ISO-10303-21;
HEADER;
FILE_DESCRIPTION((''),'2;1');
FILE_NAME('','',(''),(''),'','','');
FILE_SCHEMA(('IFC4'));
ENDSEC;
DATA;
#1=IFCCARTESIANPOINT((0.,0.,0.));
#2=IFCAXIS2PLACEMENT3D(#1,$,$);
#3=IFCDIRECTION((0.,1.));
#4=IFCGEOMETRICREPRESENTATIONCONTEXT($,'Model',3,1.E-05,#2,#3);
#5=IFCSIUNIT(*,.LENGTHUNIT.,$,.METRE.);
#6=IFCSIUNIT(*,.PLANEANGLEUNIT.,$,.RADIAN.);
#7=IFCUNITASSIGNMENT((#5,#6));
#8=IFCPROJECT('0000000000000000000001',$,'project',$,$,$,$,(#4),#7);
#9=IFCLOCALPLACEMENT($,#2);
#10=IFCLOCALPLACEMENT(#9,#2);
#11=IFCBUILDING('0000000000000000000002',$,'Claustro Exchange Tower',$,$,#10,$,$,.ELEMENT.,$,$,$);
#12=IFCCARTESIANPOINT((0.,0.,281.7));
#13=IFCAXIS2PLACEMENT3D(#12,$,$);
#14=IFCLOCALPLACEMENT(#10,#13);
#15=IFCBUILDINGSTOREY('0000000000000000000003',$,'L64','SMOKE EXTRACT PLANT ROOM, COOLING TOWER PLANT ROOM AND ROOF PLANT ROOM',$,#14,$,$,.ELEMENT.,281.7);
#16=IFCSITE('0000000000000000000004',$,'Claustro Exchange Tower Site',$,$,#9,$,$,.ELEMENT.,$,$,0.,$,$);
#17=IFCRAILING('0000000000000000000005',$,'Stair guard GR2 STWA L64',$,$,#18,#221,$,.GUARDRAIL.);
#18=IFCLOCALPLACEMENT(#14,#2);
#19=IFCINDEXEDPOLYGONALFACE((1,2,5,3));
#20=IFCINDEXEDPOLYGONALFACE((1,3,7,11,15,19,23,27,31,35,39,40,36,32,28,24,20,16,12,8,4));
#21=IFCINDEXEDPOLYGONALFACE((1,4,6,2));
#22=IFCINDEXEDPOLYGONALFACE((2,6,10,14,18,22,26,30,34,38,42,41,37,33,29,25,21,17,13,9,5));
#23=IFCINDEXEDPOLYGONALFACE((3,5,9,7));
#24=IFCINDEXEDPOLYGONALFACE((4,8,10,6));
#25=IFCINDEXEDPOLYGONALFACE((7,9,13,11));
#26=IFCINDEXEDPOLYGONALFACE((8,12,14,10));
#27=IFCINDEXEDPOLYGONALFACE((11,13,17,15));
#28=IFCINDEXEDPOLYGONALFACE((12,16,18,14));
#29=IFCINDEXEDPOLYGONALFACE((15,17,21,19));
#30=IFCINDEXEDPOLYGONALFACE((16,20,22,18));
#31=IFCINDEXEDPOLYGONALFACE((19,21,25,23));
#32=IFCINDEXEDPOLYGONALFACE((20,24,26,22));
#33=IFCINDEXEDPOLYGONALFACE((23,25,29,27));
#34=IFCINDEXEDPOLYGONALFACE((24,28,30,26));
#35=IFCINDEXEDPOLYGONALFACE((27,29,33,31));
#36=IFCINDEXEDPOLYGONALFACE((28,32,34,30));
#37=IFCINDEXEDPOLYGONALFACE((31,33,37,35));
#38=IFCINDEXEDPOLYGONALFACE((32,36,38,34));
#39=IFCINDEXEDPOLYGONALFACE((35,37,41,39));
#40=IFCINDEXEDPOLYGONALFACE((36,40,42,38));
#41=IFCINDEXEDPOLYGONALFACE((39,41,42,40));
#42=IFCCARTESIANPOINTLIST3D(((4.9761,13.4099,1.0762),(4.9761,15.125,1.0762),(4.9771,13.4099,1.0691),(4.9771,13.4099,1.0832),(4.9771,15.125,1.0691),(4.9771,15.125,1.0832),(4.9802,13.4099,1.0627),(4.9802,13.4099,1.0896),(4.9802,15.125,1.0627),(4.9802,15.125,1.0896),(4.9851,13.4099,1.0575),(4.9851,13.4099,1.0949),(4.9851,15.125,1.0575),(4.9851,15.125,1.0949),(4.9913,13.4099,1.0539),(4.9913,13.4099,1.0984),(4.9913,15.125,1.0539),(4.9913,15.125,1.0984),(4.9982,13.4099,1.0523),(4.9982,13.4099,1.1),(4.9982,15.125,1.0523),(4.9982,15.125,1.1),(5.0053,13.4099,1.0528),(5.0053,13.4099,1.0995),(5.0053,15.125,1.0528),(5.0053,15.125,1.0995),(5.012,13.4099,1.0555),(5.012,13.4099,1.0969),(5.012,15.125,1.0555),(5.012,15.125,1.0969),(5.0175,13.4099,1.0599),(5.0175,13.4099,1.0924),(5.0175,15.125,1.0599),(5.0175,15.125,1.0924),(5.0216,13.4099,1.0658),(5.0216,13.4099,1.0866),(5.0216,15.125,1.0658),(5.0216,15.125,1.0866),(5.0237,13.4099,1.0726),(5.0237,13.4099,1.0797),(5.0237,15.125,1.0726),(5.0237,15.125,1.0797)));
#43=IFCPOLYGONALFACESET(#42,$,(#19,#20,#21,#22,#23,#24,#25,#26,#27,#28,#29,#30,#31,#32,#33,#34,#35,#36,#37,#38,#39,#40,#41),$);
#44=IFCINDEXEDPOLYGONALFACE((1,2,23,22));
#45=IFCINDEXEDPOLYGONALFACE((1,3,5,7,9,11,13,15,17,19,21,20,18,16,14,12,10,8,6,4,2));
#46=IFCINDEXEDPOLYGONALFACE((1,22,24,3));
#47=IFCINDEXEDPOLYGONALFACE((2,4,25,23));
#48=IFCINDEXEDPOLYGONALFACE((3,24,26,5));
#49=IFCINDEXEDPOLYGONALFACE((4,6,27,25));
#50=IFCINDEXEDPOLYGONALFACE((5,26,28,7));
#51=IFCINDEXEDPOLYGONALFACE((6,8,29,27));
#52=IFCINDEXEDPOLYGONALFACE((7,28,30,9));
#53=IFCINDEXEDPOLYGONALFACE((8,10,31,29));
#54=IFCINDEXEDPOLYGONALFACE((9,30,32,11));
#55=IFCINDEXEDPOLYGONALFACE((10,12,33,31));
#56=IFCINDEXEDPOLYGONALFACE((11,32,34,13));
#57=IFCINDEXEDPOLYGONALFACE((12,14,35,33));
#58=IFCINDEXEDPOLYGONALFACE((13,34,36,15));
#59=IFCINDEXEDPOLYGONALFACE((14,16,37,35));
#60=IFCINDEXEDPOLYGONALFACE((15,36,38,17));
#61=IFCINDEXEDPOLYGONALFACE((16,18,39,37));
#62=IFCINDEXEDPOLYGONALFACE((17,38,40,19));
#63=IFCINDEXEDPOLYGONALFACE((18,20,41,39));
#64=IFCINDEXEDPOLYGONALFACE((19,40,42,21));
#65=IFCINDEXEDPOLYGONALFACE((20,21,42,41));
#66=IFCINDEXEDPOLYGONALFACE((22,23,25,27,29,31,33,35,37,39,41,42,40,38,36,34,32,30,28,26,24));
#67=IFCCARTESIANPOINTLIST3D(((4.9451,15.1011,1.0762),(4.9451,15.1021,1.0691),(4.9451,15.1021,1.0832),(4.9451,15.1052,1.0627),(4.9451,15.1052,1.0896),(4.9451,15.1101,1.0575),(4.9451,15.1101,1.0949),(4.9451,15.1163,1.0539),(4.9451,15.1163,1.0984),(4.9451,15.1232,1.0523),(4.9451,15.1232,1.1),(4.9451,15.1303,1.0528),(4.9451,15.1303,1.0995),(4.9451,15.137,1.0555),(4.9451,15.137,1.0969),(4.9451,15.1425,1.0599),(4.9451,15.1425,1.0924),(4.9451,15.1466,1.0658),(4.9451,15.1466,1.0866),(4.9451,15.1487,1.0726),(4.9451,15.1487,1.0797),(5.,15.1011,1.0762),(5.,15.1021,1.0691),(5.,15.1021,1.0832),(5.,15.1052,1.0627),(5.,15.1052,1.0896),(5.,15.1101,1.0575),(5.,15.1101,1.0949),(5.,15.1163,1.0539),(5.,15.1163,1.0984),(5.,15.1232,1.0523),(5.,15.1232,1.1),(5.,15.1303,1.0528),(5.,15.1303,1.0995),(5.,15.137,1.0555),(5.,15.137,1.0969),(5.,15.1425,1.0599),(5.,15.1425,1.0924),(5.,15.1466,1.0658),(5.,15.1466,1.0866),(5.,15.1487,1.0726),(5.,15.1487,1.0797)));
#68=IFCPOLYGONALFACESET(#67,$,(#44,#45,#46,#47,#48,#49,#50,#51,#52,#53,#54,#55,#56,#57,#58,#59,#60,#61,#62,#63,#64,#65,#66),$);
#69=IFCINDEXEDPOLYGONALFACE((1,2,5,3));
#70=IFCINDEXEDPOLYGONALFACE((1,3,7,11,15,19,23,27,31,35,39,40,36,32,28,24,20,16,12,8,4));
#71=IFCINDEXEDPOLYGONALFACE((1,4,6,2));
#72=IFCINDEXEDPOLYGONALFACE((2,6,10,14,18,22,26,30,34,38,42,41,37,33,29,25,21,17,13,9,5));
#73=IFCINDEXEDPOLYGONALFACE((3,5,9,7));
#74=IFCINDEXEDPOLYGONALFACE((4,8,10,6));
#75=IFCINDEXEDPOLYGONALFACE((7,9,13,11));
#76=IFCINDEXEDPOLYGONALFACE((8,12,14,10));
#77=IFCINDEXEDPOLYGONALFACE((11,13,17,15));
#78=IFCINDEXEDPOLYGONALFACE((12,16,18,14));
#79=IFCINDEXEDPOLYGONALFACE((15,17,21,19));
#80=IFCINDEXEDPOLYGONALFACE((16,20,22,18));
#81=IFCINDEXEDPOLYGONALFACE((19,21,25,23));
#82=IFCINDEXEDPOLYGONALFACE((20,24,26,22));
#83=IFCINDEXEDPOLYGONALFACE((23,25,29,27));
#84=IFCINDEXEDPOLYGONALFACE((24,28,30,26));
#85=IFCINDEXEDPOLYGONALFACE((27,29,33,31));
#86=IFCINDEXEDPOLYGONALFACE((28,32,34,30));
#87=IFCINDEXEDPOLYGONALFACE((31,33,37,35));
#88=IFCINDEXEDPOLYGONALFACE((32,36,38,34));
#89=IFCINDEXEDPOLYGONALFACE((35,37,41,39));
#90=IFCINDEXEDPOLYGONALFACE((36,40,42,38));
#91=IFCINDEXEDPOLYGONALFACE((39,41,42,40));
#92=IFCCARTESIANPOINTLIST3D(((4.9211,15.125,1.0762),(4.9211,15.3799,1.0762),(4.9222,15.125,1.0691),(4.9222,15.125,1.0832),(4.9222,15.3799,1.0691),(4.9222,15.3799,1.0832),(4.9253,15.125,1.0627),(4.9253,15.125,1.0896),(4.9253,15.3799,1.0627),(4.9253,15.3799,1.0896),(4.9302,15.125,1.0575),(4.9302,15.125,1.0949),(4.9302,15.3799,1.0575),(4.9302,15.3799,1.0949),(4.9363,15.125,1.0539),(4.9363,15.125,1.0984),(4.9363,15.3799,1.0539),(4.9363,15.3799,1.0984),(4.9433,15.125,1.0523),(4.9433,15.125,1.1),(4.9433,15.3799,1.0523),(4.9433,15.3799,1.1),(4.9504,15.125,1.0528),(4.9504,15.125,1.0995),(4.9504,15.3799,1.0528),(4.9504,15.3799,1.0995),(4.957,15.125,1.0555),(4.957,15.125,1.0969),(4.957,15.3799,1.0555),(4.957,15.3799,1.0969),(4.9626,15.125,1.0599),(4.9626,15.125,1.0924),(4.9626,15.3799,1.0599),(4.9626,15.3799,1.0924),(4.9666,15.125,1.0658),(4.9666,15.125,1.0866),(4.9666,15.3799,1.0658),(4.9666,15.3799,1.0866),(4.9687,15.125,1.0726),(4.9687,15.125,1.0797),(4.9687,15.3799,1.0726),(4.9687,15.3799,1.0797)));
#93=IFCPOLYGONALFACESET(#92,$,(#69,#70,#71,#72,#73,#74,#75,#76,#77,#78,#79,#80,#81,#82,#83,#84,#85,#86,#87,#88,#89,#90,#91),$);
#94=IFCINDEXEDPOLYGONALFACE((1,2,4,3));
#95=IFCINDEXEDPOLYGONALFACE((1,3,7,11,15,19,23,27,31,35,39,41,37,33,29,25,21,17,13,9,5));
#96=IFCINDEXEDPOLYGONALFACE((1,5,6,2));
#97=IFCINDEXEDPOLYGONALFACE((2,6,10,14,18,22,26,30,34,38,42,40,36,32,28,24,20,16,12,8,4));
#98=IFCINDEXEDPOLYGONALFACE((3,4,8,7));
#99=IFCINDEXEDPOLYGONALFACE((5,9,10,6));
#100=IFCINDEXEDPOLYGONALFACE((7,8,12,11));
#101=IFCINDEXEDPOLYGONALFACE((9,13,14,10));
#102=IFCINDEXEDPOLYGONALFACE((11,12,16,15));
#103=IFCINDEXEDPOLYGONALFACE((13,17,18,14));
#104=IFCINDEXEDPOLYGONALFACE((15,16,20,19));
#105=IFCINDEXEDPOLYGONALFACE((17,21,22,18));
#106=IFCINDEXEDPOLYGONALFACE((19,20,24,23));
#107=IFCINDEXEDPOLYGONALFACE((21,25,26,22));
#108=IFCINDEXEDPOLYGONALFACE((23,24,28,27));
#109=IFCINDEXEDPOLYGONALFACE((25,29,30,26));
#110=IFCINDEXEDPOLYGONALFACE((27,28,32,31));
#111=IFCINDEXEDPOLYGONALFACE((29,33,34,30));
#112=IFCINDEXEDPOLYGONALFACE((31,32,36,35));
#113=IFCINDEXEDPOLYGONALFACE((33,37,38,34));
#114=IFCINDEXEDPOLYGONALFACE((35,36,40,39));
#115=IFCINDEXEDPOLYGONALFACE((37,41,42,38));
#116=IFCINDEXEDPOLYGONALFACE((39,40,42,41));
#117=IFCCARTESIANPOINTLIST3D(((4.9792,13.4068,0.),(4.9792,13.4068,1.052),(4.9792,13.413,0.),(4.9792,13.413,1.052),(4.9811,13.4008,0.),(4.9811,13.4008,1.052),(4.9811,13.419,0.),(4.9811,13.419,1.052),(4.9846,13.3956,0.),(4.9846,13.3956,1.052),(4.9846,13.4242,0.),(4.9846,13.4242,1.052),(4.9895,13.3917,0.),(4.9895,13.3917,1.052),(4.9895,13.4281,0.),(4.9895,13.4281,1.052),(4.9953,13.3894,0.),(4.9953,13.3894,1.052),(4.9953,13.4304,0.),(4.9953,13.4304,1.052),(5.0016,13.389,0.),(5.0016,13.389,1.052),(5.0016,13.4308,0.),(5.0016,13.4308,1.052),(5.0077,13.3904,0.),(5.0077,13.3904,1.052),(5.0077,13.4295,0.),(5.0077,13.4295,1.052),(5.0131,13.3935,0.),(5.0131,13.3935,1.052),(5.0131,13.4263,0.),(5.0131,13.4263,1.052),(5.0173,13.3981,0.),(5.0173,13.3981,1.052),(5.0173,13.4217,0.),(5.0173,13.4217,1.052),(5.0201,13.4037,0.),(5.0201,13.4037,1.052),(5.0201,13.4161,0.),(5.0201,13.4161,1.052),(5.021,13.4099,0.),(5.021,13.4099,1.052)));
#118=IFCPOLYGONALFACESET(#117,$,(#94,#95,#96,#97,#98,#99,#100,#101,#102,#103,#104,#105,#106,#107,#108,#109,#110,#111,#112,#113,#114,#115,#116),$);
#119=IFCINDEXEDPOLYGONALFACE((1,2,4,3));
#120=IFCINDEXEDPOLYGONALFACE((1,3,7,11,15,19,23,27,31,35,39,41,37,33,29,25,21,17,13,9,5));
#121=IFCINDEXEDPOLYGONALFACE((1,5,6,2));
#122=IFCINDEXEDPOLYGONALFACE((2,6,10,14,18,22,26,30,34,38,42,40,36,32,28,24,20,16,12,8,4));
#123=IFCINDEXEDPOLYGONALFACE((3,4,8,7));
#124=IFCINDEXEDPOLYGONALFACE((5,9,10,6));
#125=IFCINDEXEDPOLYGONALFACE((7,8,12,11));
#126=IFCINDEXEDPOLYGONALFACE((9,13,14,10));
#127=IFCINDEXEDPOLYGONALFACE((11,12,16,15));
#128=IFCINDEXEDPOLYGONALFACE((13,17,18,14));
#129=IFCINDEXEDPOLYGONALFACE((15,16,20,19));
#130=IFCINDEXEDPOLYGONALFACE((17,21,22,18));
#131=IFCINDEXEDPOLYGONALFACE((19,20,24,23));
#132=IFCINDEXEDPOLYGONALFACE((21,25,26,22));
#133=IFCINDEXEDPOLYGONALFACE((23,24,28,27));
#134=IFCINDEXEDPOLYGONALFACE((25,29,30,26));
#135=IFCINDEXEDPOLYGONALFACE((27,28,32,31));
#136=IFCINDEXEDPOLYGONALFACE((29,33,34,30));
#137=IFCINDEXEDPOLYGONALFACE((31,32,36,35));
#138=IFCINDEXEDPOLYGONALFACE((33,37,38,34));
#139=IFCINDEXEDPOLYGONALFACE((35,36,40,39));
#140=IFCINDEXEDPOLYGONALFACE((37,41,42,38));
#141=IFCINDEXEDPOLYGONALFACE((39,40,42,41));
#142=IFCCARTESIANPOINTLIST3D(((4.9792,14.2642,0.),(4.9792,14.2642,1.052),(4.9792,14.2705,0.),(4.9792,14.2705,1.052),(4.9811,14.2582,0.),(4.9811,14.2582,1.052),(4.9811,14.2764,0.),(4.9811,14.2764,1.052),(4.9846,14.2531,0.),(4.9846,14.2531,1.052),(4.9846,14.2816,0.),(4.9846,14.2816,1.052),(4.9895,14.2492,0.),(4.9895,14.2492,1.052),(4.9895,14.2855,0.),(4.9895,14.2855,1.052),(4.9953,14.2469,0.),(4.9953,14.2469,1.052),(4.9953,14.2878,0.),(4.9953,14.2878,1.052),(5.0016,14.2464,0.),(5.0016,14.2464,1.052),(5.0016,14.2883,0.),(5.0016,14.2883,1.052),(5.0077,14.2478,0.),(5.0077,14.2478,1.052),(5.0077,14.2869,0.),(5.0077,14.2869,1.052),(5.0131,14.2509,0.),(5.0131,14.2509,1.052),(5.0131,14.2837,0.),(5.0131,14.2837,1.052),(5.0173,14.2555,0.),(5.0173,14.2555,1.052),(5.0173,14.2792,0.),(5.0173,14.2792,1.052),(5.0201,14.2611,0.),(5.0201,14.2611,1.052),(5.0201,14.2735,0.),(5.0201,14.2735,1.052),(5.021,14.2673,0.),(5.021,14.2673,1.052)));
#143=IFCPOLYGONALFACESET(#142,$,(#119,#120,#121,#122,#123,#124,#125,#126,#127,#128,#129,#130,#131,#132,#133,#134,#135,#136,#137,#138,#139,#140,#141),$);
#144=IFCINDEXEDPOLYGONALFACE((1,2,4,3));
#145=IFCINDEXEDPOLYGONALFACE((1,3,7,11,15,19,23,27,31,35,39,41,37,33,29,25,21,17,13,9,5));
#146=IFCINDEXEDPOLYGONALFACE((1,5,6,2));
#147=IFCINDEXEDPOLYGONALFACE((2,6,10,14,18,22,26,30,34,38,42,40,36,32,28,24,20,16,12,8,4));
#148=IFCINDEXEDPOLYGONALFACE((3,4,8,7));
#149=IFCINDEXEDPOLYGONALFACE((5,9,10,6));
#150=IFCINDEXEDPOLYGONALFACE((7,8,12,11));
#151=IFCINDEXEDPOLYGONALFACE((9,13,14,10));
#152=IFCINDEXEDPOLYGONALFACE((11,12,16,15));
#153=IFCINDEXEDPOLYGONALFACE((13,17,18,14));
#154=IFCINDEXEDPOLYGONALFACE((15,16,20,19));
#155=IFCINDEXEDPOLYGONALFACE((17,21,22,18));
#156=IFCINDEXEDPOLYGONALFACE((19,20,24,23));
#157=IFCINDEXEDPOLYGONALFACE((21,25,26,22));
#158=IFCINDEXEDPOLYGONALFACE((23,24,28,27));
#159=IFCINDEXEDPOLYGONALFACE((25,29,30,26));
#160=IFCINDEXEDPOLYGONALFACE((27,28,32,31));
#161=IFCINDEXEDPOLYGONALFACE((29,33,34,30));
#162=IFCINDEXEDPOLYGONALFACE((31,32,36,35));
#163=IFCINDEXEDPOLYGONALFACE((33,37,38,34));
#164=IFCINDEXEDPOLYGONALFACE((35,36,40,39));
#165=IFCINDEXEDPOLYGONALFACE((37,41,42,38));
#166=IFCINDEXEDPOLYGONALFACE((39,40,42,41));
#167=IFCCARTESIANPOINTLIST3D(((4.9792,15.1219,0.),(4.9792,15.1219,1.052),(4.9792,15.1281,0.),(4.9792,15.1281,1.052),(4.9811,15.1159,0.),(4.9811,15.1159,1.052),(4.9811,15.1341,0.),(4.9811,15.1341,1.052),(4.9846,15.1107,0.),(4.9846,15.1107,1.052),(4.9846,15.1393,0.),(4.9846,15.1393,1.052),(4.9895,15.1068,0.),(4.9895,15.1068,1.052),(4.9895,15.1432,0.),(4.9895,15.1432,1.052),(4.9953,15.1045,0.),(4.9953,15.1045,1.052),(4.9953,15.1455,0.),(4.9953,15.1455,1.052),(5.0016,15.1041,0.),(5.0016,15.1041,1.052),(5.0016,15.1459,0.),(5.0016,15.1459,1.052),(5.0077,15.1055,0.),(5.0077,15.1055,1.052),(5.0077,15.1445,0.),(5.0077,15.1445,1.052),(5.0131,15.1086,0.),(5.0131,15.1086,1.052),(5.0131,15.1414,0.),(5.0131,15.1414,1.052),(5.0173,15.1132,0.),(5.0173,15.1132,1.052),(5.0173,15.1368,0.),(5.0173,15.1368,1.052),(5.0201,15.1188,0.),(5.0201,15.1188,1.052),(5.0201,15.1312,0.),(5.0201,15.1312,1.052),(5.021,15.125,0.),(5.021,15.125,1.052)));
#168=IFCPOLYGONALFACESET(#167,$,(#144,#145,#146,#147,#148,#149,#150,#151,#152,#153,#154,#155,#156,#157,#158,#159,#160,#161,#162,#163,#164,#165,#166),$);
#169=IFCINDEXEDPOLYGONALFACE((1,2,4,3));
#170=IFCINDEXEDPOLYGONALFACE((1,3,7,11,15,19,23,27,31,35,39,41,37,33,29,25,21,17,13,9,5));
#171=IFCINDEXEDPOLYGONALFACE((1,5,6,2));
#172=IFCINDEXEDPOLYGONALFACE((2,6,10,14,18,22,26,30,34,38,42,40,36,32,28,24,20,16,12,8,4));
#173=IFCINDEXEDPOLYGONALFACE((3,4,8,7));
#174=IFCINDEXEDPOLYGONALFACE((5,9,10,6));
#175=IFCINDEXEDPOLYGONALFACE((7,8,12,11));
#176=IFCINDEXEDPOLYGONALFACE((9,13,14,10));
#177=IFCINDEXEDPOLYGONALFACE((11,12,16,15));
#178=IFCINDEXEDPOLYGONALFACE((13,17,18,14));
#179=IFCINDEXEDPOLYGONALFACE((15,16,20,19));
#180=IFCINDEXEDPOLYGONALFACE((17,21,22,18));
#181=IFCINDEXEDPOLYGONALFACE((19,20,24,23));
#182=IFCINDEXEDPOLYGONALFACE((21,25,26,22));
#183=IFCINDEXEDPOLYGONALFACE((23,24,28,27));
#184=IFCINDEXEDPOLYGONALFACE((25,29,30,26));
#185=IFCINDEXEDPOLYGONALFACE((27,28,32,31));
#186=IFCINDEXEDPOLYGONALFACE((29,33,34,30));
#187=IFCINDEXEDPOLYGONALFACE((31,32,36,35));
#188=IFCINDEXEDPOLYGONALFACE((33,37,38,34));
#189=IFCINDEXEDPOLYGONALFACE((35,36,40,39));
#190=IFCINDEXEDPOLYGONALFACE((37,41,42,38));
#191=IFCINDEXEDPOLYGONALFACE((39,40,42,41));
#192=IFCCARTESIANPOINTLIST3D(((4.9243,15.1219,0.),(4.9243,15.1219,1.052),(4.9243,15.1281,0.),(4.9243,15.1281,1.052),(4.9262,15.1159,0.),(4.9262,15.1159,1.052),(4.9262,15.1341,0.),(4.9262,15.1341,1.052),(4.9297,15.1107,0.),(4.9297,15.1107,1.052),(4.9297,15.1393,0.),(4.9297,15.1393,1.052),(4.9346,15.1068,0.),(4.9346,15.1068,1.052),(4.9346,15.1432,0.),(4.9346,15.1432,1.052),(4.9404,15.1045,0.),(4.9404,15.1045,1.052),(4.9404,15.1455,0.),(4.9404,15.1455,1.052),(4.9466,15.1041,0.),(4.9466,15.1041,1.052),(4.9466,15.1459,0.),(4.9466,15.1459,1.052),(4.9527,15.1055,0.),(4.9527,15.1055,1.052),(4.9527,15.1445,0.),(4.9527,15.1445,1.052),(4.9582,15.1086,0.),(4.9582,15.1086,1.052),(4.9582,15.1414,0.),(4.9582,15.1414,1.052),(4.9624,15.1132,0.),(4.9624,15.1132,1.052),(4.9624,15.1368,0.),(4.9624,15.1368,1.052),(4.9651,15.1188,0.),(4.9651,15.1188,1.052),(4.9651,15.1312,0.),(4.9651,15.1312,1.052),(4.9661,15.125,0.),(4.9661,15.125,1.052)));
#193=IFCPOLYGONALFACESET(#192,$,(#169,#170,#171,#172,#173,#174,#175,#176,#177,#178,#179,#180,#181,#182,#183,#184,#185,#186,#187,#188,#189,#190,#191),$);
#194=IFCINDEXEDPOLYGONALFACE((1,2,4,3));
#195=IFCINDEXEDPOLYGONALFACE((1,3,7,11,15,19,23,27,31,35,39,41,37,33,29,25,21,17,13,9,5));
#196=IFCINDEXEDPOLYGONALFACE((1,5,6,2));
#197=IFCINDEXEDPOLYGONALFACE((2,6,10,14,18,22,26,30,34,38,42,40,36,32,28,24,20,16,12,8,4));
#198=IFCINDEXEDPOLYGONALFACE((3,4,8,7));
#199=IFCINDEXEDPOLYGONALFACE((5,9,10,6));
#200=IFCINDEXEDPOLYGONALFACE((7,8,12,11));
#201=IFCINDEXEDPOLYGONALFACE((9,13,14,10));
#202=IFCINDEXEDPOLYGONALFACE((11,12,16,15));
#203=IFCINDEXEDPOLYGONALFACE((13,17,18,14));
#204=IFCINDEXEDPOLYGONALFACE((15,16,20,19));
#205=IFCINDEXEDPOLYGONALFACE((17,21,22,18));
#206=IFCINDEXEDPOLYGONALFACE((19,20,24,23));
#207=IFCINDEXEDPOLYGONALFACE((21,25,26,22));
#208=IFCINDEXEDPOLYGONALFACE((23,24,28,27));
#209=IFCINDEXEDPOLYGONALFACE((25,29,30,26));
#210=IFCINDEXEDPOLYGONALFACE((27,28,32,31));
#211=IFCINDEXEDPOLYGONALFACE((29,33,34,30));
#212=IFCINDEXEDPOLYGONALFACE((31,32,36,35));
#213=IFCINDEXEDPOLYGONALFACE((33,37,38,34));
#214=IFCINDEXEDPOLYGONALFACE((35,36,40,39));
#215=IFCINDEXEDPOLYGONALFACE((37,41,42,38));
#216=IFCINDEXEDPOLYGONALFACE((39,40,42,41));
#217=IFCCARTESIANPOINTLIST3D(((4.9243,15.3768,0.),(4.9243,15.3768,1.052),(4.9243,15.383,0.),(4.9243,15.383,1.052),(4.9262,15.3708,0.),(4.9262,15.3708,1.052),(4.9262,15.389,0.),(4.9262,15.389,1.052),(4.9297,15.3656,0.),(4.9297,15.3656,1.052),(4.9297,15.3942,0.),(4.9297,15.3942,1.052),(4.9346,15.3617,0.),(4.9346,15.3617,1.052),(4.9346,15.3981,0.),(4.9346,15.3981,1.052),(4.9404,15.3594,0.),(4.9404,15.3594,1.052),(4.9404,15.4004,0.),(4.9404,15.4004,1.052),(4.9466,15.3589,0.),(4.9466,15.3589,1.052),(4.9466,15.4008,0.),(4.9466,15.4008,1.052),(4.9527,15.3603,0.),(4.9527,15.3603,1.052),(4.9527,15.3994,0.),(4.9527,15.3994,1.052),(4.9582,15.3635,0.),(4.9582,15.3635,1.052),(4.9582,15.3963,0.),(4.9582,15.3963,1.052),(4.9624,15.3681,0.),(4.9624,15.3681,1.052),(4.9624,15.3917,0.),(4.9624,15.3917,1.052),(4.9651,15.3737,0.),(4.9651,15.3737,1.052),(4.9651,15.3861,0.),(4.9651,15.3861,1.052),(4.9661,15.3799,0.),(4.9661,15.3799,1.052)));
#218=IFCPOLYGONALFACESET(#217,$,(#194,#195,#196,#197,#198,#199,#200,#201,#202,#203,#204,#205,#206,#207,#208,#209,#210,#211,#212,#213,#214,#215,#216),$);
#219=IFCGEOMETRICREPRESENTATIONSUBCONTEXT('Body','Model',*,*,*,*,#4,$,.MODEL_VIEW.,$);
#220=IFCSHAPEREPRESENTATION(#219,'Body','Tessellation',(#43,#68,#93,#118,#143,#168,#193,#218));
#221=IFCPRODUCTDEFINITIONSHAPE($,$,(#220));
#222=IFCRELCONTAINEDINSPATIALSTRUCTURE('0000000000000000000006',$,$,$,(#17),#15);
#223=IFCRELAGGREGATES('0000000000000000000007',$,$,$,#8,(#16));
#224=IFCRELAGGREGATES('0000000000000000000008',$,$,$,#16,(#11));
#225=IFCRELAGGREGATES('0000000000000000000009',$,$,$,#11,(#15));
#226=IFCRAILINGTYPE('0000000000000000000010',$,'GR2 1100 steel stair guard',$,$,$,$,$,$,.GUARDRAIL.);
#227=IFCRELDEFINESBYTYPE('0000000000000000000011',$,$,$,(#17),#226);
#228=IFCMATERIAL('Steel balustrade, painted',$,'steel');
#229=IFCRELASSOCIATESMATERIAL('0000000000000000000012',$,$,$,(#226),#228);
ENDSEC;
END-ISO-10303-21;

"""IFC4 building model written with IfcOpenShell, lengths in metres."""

from ifc_helpers import new_model, si_unit, direction, frame, origin, origin_2d, place, context, subcontext, project, spatial, circle, extrude, material, type_object, element, save


model = new_model("IFC4")

# Units and contexts
model_context = context("Model", 3, precision=1e-05, world=origin(), true_north=direction((0.0, 1.0)))
body_context = subcontext(model_context, "Body", "Model", "MODEL_VIEW")
ifc_project = project(units=[si_unit("LENGTHUNIT", "METRE"), si_unit("PLANEANGLEUNIT", "RADIAN")], contexts=[model_context])

# Site, building, storey
site_placement = place(None, origin())
site = spatial("IfcSite", under=ifc_project, at=site_placement, Name="Claustro Exchange Tower Site", CompositionType="ELEMENT", RefElevation=0.0)
building_placement = place(site_placement, origin())
building = spatial("IfcBuilding", under=site, at=building_placement, Name="Claustro Exchange Tower", CompositionType="ELEMENT")
storey_placement = place(building_placement, frame((0.0, 0.0, 281.7)))
storey = spatial("IfcBuildingStorey", under=building, at=storey_placement, Name="L64", Description="SMOKE EXTRACT PLANT ROOM, COOLING TOWER PLANT ROOM AND ROOF PLANT ROOM", CompositionType="ELEMENT", Elevation=281.7)

# Railing
ifc_material_1 = material(Name="Steel balustrade, painted", Category="steel")
railing_type = type_object("IfcRailingType", Name="GR2 1100 steel stair guard", PredefinedType="GUARDRAIL", material=ifc_material_1)
railing_placement = place(storey_placement, frame((5.0, 13.4099, 0.0)))
element("IfcRailing", 1, at=railing_placement, inside=storey, type_object=railing_type, Name="Stair guard GR2 STWA L64", PredefinedType="GUARDRAIL", context=body_context, shape_type="SweptSolid", body=[
    extrude(circle(Radius=0.0239, at=origin_2d()), frame((0.0, 0.0, 1.0762), z_axis=(0.0, 1.0, 0.0), x_axis=(-1.0, 0.0, 0.0)), (0.0, 0.0, 1.0), 1.7151),
    extrude(circle(Radius=0.0239, at=origin_2d()), frame((0.0, 1.7151, 1.0762), z_axis=(-1.0, 0.0, 0.0), x_axis=(0.0, -1.0, 0.0)), (0.0, 0.0, 1.0), 0.0549),
    extrude(circle(Radius=0.0239, at=origin_2d()), frame((-0.0549, 1.7151, 1.0762), z_axis=(0.0, 1.0, 0.0), x_axis=(-1.0, 0.0, 0.0)), (0.0, 0.0, 1.0), 0.2549),
    extrude(circle(Radius=0.021, at=origin_2d()), origin(), (0.0, 0.0, 1.0), 1.052),
    extrude(circle(Radius=0.021, at=origin_2d()), frame((0.0, 0.8574, 0.0)), (0.0, 0.0, 1.0), 1.052),
    extrude(circle(Radius=0.021, at=origin_2d()), frame((0.0, 1.7151, 0.0)), (0.0, 0.0, 1.0), 1.052),
    extrude(circle(Radius=0.021, at=origin_2d()), frame((-0.0549, 1.7151, 0.0)), (0.0, 0.0, 1.0), 1.052),
    extrude(circle(Radius=0.021, at=origin_2d()), frame((-0.0549, 1.97, 0.0)), (0.0, 0.0, 1.0), 1.052),
])

save(model, "model.ifc")
